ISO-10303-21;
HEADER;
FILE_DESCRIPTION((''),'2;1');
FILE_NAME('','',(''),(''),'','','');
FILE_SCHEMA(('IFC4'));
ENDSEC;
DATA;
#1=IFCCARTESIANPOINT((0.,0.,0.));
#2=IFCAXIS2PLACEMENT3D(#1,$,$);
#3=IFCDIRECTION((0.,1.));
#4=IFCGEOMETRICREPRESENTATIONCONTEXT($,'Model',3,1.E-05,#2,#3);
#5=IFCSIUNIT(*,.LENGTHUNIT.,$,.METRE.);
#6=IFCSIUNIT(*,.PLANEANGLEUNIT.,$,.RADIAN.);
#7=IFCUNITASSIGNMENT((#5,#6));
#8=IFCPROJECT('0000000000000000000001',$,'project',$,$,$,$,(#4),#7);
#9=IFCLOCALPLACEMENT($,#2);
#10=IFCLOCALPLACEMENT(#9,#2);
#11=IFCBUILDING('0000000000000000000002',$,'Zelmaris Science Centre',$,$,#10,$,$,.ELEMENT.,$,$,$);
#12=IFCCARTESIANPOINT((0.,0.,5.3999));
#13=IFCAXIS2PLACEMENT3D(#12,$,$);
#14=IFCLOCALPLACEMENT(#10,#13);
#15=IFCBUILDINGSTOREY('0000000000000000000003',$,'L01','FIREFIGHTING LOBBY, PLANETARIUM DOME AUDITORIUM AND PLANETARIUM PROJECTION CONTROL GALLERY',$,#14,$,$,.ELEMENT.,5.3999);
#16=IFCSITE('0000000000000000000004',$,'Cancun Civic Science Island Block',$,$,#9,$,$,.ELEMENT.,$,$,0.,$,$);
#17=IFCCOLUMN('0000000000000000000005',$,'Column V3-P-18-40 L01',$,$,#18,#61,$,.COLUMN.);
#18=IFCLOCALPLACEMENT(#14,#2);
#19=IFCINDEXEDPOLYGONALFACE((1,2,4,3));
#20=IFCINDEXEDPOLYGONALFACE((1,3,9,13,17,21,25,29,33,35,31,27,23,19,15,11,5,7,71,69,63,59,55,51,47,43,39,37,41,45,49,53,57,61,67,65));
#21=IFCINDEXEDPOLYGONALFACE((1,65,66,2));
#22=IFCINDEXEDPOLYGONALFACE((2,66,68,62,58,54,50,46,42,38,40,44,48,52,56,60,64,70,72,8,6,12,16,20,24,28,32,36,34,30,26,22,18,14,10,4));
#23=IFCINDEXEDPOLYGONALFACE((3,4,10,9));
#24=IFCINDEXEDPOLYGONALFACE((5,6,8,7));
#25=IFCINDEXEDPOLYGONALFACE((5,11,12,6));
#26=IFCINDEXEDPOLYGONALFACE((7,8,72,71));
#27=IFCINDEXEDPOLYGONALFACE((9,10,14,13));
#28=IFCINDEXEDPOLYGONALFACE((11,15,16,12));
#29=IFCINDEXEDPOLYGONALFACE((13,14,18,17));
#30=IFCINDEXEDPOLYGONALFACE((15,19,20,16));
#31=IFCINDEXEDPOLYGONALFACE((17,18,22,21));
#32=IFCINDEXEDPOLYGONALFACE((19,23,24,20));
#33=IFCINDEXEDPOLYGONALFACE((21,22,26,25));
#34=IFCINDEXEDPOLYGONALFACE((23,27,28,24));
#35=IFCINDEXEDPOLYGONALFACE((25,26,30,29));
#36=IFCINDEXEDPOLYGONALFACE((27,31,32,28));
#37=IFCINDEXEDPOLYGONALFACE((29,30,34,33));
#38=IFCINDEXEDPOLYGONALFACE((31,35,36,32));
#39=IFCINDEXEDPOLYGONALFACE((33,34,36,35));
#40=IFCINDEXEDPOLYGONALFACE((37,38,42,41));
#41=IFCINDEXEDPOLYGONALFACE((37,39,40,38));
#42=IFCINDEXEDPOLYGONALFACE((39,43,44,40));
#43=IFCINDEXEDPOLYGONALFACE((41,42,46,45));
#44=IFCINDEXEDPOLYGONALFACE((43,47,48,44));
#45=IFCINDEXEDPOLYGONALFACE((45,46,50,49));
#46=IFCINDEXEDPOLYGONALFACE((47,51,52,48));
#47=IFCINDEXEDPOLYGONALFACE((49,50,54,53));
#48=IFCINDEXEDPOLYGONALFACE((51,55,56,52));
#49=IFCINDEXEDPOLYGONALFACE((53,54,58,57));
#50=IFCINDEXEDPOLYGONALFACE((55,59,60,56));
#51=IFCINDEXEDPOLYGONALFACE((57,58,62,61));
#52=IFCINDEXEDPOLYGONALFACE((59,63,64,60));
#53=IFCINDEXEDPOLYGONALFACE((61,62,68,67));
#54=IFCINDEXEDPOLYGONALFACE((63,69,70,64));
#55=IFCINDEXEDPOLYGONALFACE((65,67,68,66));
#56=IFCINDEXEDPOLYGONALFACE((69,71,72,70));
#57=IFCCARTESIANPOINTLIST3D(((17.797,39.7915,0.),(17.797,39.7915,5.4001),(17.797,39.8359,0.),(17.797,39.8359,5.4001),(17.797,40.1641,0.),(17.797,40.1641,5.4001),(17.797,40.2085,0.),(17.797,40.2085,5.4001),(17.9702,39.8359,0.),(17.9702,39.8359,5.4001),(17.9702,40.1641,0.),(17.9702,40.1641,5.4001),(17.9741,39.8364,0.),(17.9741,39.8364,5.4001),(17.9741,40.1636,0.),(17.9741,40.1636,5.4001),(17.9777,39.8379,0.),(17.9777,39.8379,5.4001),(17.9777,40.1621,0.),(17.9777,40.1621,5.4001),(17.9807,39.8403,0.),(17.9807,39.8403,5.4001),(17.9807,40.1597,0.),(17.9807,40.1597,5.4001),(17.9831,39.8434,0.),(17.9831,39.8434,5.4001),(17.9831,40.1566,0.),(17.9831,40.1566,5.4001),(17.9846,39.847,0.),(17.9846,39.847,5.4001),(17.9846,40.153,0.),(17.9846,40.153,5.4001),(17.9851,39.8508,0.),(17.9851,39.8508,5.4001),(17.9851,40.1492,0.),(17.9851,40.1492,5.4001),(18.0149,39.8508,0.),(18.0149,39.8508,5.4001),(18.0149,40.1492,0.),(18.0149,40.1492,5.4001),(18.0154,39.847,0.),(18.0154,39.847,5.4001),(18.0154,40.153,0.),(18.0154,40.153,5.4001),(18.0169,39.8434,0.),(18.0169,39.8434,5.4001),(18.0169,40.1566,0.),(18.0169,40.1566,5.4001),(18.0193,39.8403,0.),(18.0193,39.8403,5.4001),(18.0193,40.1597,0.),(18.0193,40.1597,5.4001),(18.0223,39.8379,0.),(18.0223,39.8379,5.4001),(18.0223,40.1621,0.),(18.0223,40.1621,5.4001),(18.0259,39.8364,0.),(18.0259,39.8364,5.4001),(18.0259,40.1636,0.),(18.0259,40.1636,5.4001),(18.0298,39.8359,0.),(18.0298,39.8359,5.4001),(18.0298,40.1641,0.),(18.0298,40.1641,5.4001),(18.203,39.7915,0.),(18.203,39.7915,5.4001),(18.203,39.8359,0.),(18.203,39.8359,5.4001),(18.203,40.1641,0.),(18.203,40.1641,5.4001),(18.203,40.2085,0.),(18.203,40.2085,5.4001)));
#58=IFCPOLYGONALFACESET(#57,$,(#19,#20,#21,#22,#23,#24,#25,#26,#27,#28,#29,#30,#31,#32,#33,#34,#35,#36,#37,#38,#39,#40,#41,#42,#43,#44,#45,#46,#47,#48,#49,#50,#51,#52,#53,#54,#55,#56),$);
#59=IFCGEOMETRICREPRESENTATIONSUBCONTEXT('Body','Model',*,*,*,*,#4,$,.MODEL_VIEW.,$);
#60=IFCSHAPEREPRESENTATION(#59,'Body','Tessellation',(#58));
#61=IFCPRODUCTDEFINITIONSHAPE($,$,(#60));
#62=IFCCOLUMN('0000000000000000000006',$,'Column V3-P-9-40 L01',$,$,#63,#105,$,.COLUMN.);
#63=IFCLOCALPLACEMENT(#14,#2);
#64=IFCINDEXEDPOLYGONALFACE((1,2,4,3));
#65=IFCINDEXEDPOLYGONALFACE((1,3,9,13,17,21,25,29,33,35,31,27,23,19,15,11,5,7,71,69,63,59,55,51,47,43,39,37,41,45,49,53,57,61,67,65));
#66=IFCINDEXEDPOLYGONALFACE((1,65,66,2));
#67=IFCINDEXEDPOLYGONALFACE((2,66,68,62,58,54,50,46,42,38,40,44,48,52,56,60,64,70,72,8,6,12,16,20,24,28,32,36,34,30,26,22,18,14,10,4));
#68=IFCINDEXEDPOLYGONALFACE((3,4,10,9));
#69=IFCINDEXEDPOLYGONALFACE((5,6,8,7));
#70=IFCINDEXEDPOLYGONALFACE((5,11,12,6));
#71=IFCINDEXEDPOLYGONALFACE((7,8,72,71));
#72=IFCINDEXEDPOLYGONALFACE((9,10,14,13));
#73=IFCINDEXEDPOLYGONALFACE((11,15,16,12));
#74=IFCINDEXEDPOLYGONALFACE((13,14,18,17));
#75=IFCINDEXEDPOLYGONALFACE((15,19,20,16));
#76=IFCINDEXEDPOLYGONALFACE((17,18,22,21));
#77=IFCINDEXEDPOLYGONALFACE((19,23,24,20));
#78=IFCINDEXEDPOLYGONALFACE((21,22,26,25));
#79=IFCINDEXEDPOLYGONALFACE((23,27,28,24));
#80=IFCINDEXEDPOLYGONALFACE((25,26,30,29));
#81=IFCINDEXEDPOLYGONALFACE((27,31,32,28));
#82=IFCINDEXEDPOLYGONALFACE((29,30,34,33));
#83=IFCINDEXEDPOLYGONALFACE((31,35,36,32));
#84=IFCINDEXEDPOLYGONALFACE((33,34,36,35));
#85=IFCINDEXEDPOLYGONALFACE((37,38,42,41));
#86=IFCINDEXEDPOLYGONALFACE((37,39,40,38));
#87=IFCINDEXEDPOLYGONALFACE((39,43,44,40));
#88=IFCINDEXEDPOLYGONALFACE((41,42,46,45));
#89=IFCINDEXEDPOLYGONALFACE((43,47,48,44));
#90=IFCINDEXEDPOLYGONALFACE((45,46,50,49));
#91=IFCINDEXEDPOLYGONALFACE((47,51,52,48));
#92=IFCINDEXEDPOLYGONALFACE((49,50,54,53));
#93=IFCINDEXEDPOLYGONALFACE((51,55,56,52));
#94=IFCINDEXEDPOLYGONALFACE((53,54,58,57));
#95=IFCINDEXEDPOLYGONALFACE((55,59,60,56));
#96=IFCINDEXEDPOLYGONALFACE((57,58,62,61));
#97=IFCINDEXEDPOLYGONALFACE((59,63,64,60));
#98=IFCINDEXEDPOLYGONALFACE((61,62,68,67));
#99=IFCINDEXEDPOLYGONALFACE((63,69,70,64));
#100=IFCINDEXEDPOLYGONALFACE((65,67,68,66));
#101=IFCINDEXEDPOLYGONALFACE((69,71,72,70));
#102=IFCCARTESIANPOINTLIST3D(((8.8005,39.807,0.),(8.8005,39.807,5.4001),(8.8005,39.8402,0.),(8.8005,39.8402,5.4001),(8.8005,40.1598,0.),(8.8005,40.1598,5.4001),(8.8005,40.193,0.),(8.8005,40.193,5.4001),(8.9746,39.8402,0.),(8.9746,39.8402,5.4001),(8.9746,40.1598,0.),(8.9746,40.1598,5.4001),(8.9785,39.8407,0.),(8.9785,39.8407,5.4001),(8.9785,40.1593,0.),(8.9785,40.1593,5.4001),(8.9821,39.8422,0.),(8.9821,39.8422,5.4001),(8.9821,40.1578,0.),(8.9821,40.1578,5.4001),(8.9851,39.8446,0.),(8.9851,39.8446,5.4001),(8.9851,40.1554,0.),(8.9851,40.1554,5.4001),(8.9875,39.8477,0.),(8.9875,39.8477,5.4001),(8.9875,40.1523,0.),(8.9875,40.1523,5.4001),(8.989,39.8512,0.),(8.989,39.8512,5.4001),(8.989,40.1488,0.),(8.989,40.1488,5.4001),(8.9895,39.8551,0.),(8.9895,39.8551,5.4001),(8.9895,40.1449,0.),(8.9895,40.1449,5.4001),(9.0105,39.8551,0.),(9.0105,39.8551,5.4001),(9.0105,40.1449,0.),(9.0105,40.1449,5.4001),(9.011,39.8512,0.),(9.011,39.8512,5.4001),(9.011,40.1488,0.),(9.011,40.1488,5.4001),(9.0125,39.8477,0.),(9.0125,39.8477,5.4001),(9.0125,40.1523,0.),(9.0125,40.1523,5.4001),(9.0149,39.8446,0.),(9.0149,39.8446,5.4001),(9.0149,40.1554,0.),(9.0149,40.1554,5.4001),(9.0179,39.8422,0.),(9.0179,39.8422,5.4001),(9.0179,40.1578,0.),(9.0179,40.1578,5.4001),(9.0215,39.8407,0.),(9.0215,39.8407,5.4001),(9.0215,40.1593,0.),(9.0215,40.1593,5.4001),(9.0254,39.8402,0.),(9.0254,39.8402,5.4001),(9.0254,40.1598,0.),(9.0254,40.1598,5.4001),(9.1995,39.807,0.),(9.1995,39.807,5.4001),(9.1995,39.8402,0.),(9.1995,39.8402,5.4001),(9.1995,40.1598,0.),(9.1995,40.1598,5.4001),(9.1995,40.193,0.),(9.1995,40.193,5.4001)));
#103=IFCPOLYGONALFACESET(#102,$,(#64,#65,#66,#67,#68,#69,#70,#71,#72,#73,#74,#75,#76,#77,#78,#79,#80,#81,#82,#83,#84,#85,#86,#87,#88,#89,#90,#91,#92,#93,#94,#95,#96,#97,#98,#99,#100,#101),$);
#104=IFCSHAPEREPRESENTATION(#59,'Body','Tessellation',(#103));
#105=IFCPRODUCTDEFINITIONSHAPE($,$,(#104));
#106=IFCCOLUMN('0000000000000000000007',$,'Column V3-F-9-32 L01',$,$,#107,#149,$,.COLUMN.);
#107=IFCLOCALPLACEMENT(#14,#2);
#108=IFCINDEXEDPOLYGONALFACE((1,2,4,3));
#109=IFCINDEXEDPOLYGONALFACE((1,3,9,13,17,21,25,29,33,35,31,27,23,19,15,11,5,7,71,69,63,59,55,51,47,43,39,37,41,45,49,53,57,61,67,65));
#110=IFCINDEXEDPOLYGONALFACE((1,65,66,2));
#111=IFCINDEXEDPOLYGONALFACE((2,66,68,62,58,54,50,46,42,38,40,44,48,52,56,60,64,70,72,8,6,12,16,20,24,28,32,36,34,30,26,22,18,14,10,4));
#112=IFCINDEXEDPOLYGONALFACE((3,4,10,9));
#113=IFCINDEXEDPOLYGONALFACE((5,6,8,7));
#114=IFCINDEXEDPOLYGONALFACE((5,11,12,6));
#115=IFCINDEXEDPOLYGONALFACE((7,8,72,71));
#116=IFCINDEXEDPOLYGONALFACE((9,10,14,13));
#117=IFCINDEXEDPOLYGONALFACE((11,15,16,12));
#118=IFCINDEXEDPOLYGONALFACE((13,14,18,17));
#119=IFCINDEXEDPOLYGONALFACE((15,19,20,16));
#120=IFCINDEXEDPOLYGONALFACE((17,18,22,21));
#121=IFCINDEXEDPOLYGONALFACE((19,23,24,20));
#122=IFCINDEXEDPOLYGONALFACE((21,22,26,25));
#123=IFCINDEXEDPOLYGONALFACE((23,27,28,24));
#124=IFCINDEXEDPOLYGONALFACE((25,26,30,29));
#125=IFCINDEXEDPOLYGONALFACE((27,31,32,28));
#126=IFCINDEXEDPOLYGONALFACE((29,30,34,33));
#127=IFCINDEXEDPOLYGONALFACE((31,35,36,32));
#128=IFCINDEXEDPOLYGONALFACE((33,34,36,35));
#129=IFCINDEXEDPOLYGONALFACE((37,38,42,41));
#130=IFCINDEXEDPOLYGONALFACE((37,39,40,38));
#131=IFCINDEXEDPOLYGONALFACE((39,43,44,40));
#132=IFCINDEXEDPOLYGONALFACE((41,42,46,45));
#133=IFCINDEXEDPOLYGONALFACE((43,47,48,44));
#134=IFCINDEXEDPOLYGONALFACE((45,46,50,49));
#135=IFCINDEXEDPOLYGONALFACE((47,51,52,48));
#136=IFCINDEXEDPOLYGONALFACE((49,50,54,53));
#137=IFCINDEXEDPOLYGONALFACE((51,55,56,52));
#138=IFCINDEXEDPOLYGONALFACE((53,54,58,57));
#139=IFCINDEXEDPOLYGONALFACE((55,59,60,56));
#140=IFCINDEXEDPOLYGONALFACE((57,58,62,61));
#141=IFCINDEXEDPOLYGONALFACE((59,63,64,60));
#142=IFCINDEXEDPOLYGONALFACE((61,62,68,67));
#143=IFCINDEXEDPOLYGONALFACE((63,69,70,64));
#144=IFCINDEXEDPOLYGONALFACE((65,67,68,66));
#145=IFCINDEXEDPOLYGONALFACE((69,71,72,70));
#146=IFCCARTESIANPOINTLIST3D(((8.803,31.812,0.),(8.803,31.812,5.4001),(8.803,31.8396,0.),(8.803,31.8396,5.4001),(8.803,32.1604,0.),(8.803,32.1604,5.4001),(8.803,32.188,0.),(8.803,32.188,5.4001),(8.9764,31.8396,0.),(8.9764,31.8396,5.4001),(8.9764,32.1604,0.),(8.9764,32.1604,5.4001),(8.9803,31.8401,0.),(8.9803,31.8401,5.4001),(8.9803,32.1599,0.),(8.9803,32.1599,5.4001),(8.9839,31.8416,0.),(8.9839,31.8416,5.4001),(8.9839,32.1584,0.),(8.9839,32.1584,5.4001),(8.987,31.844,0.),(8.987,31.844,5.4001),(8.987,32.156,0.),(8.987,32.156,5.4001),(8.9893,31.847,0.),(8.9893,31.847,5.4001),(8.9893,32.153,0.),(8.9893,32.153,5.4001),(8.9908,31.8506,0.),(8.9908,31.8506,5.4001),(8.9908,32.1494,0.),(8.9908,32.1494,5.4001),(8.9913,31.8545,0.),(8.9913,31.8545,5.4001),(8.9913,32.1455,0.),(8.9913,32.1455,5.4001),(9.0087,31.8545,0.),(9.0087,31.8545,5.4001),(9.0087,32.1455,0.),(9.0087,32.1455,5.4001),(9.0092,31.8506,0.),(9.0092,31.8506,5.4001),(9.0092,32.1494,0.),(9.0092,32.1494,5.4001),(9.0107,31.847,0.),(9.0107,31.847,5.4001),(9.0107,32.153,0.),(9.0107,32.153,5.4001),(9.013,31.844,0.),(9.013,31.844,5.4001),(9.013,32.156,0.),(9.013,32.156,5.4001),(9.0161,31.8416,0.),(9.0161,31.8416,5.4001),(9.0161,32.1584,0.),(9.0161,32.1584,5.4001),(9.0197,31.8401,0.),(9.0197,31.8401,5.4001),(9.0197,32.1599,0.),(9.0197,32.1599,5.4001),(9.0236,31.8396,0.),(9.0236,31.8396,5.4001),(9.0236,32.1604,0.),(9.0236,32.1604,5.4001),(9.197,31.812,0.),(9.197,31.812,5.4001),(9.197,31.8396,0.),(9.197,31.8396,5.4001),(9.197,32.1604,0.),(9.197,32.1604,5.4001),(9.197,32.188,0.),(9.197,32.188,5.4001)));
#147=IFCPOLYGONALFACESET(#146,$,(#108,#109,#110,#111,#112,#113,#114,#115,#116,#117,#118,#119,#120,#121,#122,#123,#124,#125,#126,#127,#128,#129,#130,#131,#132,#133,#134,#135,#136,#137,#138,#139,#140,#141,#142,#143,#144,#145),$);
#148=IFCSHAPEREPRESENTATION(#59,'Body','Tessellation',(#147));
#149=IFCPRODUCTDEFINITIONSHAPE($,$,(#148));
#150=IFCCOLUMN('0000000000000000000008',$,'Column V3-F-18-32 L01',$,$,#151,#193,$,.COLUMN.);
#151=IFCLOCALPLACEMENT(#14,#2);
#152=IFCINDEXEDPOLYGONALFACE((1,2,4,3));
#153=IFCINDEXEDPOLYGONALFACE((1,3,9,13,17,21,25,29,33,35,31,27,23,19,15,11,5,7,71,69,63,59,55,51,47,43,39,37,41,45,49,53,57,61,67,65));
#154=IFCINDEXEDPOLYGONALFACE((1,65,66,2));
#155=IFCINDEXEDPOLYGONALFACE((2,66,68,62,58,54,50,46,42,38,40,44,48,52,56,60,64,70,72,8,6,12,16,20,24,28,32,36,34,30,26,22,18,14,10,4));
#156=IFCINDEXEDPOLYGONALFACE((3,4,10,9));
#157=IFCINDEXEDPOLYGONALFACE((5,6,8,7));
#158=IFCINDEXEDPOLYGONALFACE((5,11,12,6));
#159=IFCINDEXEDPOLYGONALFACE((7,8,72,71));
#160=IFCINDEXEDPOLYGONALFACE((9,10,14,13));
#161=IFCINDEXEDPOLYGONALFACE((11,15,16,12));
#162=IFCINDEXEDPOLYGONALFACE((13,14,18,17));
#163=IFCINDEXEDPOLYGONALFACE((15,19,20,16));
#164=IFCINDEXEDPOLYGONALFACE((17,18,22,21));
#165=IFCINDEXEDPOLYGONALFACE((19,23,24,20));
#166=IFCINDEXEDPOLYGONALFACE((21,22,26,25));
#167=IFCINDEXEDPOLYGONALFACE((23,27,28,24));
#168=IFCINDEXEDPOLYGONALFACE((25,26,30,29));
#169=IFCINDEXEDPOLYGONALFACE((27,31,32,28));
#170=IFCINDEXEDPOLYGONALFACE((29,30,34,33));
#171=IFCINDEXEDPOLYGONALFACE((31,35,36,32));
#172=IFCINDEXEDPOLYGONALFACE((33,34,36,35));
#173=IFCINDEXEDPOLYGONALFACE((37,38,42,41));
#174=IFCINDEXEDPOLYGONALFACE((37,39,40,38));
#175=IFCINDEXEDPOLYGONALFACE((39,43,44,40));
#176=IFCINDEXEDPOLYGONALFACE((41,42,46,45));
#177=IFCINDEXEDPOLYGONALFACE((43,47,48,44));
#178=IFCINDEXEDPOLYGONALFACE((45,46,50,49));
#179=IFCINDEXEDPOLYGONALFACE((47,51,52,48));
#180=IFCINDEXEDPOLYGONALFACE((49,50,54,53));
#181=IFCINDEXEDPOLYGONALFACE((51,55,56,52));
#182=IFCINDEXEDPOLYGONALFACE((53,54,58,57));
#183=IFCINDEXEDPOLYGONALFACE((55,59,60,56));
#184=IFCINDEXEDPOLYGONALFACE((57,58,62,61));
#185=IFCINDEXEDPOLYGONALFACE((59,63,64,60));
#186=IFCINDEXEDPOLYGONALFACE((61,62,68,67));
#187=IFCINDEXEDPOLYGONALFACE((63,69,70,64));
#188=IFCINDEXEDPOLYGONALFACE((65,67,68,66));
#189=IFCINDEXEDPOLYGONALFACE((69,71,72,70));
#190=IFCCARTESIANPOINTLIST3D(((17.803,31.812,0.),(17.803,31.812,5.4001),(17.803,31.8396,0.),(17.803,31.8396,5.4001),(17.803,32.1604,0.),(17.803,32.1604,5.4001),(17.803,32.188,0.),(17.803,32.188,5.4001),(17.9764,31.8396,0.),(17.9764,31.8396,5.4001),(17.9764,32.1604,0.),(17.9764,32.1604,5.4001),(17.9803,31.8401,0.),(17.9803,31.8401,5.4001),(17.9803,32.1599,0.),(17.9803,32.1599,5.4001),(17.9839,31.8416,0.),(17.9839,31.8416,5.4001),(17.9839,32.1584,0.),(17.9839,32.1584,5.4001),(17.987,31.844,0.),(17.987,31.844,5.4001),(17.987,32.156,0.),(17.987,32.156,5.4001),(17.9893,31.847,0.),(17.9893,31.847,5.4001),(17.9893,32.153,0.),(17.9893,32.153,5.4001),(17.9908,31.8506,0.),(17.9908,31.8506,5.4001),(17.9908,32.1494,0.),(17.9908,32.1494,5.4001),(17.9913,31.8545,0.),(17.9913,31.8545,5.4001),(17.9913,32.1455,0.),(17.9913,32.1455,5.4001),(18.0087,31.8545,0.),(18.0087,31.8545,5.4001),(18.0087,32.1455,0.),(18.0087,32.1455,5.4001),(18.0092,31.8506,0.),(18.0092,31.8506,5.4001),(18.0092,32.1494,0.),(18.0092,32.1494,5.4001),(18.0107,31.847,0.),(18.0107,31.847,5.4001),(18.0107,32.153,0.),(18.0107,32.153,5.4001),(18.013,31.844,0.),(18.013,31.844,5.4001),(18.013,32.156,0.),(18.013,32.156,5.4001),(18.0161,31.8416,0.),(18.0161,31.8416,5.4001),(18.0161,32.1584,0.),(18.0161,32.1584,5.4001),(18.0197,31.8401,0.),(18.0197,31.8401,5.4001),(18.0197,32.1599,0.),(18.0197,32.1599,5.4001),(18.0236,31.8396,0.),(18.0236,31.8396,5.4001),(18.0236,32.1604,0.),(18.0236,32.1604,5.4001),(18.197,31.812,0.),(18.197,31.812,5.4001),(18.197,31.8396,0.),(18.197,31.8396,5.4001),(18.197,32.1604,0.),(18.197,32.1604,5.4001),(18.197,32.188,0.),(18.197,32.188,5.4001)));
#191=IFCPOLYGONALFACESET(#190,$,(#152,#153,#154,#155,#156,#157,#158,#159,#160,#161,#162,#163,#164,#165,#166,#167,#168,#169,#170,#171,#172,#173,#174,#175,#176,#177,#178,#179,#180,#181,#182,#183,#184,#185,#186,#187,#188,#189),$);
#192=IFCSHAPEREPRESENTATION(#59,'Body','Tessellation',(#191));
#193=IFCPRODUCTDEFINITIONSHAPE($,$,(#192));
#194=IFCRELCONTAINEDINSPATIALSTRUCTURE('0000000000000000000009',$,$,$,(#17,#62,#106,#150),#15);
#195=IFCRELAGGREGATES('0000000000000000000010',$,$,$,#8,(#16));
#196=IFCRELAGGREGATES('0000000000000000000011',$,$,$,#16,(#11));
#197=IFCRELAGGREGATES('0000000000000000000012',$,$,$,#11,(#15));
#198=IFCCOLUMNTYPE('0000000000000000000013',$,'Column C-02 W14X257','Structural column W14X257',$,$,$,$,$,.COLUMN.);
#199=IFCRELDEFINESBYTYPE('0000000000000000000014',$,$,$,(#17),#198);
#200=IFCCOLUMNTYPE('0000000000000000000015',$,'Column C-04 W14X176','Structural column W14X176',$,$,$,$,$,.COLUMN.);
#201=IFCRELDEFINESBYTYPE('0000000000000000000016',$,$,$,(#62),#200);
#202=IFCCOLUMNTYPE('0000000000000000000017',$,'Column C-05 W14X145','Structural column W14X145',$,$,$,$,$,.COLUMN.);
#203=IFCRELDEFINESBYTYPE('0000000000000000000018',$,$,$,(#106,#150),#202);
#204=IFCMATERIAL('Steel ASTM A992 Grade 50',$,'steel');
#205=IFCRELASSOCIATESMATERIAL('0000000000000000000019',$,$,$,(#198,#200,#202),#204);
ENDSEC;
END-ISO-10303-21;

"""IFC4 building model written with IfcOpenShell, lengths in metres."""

from ifc_helpers import new_model, si_unit, direction, frame, origin, origin_2d, place, context, subcontext, project, spatial, i_section, extrude, material, material_profile, profile_set, type_object, element, save


model = new_model("IFC4")

# Units and contexts
model_context = context("Model", 3, precision=1e-05, world=origin(), true_north=direction((0.0, 1.0)))
body_context = subcontext(model_context, "Body", "Model", "MODEL_VIEW")
ifc_project = project(units=[si_unit("LENGTHUNIT", "METRE"), si_unit("PLANEANGLEUNIT", "RADIAN")], contexts=[model_context])

# Site, building, storey
site_placement = place(None, origin())
site = spatial("IfcSite", under=ifc_project, at=site_placement, Name="Cancun Civic Science Island Block", CompositionType="ELEMENT", RefElevation=0.0)
building_placement = place(site_placement, origin())
building = spatial("IfcBuilding", under=site, at=building_placement, Name="Zelmaris Science Centre", CompositionType="ELEMENT")
storey_placement = place(building_placement, frame((0.0, 0.0, 5.3999)))
storey = spatial("IfcBuildingStorey", under=building, at=storey_placement, Name="L01", Description="FIREFIGHTING LOBBY, PLANETARIUM DOME AUDITORIUM AND PLANETARIUM PROJECTION CONTROL GALLERY", CompositionType="ELEMENT", Elevation=5.3999)

# Columns
ifc_material_1 = material(Name="Steel ASTM A992 Grade 50", Category="steel")
ifc_material_profile_1 = material_profile(ifc_material_1, i_section(OverallWidth=0.406, OverallDepth=0.417, WebThickness=0.0298, FlangeThickness=0.0444, FilletRadius=0.0149, at=origin_2d()), Name="W14X257")
ifc_profile_set_1 = profile_set([ifc_material_profile_1], Name="Steel ASTM A992 Grade 50")
column_type_1 = type_object("IfcColumnType", Name="Column C-02 W14X257", Description="Structural column W14X257", PredefinedType="COLUMN", material=ifc_profile_set_1)
column_1_placement = place(storey_placement, frame((18.0, 40.0, 0.0), z_axis=(0.0, 0.0, 1.0), x_axis=(1.0, 0.0, 0.0)))
element("IfcColumn", 1, at=column_1_placement, inside=storey, type_object=column_type_1, Name="Column V3-P-18-40 L01", PredefinedType="COLUMN", context=body_context, shape_type="SweptSolid", body=[
    extrude(i_section(OverallWidth=0.406, OverallDepth=0.417, WebThickness=0.0298, FlangeThickness=0.0444, FilletRadius=0.0149, at=origin_2d()), origin(), (0.0, 0.0, 1.0), 5.4001),
])
ifc_material_profile_2 = material_profile(ifc_material_1, i_section(OverallWidth=0.3989, OverallDepth=0.386, WebThickness=0.021, FlangeThickness=0.0332, FilletRadius=0.0149, at=origin_2d()), Name="W14X176")
ifc_profile_set_2 = profile_set([ifc_material_profile_2], Name="Steel ASTM A992 Grade 50")
column_type_2 = type_object("IfcColumnType", Name="Column C-04 W14X176", Description="Structural column W14X176", PredefinedType="COLUMN", material=ifc_profile_set_2)
column_2_placement = place(storey_placement, frame((9.0, 40.0, 0.0), z_axis=(0.0, 0.0, 1.0), x_axis=(1.0, 0.0, 0.0)))
element("IfcColumn", 2, at=column_2_placement, inside=storey, type_object=column_type_2, Name="Column V3-P-9-40 L01", PredefinedType="COLUMN", context=body_context, shape_type="SweptSolid", body=[
    extrude(i_section(OverallWidth=0.3989, OverallDepth=0.386, WebThickness=0.021, FlangeThickness=0.0332, FilletRadius=0.0149, at=origin_2d()), origin(), (0.0, 0.0, 1.0), 5.4001),
])
ifc_material_profile_3 = material_profile(ifc_material_1, i_section(OverallWidth=0.394, OverallDepth=0.376, WebThickness=0.0173, FlangeThickness=0.0276, FilletRadius=0.0149, at=origin_2d()), Name="W14X145")
ifc_profile_set_3 = profile_set([ifc_material_profile_3], Name="Steel ASTM A992 Grade 50")
column_type_3 = type_object("IfcColumnType", Name="Column C-05 W14X145", Description="Structural column W14X145", PredefinedType="COLUMN", material=ifc_profile_set_3)
for number, where, z_axis, x_axis, name in (
    (3, (9.0, 32.0, 0.0), (0.0, 0.0, 1.0), (1.0, 0.0, 0.0), "Column V3-F-9-32 L01"),
    (4, (18.0, 32.0, 0.0), (0.0, 0.0, 1.0), (1.0, 0.0, 0.0), "Column V3-F-18-32 L01"),
):
    element("IfcColumn", number, at=place(storey_placement, frame(where, z_axis=z_axis, x_axis=x_axis)), inside=storey, type_object=column_type_3, Name=name, PredefinedType="COLUMN", context=body_context, shape_type="SweptSolid", body=[
        extrude(i_section(OverallWidth=0.394, OverallDepth=0.376, WebThickness=0.0173, FlangeThickness=0.0276, FilletRadius=0.0149, at=origin_2d()), origin(), (0.0, 0.0, 1.0), 5.4001),
    ])

save(model, "model.ifc")
